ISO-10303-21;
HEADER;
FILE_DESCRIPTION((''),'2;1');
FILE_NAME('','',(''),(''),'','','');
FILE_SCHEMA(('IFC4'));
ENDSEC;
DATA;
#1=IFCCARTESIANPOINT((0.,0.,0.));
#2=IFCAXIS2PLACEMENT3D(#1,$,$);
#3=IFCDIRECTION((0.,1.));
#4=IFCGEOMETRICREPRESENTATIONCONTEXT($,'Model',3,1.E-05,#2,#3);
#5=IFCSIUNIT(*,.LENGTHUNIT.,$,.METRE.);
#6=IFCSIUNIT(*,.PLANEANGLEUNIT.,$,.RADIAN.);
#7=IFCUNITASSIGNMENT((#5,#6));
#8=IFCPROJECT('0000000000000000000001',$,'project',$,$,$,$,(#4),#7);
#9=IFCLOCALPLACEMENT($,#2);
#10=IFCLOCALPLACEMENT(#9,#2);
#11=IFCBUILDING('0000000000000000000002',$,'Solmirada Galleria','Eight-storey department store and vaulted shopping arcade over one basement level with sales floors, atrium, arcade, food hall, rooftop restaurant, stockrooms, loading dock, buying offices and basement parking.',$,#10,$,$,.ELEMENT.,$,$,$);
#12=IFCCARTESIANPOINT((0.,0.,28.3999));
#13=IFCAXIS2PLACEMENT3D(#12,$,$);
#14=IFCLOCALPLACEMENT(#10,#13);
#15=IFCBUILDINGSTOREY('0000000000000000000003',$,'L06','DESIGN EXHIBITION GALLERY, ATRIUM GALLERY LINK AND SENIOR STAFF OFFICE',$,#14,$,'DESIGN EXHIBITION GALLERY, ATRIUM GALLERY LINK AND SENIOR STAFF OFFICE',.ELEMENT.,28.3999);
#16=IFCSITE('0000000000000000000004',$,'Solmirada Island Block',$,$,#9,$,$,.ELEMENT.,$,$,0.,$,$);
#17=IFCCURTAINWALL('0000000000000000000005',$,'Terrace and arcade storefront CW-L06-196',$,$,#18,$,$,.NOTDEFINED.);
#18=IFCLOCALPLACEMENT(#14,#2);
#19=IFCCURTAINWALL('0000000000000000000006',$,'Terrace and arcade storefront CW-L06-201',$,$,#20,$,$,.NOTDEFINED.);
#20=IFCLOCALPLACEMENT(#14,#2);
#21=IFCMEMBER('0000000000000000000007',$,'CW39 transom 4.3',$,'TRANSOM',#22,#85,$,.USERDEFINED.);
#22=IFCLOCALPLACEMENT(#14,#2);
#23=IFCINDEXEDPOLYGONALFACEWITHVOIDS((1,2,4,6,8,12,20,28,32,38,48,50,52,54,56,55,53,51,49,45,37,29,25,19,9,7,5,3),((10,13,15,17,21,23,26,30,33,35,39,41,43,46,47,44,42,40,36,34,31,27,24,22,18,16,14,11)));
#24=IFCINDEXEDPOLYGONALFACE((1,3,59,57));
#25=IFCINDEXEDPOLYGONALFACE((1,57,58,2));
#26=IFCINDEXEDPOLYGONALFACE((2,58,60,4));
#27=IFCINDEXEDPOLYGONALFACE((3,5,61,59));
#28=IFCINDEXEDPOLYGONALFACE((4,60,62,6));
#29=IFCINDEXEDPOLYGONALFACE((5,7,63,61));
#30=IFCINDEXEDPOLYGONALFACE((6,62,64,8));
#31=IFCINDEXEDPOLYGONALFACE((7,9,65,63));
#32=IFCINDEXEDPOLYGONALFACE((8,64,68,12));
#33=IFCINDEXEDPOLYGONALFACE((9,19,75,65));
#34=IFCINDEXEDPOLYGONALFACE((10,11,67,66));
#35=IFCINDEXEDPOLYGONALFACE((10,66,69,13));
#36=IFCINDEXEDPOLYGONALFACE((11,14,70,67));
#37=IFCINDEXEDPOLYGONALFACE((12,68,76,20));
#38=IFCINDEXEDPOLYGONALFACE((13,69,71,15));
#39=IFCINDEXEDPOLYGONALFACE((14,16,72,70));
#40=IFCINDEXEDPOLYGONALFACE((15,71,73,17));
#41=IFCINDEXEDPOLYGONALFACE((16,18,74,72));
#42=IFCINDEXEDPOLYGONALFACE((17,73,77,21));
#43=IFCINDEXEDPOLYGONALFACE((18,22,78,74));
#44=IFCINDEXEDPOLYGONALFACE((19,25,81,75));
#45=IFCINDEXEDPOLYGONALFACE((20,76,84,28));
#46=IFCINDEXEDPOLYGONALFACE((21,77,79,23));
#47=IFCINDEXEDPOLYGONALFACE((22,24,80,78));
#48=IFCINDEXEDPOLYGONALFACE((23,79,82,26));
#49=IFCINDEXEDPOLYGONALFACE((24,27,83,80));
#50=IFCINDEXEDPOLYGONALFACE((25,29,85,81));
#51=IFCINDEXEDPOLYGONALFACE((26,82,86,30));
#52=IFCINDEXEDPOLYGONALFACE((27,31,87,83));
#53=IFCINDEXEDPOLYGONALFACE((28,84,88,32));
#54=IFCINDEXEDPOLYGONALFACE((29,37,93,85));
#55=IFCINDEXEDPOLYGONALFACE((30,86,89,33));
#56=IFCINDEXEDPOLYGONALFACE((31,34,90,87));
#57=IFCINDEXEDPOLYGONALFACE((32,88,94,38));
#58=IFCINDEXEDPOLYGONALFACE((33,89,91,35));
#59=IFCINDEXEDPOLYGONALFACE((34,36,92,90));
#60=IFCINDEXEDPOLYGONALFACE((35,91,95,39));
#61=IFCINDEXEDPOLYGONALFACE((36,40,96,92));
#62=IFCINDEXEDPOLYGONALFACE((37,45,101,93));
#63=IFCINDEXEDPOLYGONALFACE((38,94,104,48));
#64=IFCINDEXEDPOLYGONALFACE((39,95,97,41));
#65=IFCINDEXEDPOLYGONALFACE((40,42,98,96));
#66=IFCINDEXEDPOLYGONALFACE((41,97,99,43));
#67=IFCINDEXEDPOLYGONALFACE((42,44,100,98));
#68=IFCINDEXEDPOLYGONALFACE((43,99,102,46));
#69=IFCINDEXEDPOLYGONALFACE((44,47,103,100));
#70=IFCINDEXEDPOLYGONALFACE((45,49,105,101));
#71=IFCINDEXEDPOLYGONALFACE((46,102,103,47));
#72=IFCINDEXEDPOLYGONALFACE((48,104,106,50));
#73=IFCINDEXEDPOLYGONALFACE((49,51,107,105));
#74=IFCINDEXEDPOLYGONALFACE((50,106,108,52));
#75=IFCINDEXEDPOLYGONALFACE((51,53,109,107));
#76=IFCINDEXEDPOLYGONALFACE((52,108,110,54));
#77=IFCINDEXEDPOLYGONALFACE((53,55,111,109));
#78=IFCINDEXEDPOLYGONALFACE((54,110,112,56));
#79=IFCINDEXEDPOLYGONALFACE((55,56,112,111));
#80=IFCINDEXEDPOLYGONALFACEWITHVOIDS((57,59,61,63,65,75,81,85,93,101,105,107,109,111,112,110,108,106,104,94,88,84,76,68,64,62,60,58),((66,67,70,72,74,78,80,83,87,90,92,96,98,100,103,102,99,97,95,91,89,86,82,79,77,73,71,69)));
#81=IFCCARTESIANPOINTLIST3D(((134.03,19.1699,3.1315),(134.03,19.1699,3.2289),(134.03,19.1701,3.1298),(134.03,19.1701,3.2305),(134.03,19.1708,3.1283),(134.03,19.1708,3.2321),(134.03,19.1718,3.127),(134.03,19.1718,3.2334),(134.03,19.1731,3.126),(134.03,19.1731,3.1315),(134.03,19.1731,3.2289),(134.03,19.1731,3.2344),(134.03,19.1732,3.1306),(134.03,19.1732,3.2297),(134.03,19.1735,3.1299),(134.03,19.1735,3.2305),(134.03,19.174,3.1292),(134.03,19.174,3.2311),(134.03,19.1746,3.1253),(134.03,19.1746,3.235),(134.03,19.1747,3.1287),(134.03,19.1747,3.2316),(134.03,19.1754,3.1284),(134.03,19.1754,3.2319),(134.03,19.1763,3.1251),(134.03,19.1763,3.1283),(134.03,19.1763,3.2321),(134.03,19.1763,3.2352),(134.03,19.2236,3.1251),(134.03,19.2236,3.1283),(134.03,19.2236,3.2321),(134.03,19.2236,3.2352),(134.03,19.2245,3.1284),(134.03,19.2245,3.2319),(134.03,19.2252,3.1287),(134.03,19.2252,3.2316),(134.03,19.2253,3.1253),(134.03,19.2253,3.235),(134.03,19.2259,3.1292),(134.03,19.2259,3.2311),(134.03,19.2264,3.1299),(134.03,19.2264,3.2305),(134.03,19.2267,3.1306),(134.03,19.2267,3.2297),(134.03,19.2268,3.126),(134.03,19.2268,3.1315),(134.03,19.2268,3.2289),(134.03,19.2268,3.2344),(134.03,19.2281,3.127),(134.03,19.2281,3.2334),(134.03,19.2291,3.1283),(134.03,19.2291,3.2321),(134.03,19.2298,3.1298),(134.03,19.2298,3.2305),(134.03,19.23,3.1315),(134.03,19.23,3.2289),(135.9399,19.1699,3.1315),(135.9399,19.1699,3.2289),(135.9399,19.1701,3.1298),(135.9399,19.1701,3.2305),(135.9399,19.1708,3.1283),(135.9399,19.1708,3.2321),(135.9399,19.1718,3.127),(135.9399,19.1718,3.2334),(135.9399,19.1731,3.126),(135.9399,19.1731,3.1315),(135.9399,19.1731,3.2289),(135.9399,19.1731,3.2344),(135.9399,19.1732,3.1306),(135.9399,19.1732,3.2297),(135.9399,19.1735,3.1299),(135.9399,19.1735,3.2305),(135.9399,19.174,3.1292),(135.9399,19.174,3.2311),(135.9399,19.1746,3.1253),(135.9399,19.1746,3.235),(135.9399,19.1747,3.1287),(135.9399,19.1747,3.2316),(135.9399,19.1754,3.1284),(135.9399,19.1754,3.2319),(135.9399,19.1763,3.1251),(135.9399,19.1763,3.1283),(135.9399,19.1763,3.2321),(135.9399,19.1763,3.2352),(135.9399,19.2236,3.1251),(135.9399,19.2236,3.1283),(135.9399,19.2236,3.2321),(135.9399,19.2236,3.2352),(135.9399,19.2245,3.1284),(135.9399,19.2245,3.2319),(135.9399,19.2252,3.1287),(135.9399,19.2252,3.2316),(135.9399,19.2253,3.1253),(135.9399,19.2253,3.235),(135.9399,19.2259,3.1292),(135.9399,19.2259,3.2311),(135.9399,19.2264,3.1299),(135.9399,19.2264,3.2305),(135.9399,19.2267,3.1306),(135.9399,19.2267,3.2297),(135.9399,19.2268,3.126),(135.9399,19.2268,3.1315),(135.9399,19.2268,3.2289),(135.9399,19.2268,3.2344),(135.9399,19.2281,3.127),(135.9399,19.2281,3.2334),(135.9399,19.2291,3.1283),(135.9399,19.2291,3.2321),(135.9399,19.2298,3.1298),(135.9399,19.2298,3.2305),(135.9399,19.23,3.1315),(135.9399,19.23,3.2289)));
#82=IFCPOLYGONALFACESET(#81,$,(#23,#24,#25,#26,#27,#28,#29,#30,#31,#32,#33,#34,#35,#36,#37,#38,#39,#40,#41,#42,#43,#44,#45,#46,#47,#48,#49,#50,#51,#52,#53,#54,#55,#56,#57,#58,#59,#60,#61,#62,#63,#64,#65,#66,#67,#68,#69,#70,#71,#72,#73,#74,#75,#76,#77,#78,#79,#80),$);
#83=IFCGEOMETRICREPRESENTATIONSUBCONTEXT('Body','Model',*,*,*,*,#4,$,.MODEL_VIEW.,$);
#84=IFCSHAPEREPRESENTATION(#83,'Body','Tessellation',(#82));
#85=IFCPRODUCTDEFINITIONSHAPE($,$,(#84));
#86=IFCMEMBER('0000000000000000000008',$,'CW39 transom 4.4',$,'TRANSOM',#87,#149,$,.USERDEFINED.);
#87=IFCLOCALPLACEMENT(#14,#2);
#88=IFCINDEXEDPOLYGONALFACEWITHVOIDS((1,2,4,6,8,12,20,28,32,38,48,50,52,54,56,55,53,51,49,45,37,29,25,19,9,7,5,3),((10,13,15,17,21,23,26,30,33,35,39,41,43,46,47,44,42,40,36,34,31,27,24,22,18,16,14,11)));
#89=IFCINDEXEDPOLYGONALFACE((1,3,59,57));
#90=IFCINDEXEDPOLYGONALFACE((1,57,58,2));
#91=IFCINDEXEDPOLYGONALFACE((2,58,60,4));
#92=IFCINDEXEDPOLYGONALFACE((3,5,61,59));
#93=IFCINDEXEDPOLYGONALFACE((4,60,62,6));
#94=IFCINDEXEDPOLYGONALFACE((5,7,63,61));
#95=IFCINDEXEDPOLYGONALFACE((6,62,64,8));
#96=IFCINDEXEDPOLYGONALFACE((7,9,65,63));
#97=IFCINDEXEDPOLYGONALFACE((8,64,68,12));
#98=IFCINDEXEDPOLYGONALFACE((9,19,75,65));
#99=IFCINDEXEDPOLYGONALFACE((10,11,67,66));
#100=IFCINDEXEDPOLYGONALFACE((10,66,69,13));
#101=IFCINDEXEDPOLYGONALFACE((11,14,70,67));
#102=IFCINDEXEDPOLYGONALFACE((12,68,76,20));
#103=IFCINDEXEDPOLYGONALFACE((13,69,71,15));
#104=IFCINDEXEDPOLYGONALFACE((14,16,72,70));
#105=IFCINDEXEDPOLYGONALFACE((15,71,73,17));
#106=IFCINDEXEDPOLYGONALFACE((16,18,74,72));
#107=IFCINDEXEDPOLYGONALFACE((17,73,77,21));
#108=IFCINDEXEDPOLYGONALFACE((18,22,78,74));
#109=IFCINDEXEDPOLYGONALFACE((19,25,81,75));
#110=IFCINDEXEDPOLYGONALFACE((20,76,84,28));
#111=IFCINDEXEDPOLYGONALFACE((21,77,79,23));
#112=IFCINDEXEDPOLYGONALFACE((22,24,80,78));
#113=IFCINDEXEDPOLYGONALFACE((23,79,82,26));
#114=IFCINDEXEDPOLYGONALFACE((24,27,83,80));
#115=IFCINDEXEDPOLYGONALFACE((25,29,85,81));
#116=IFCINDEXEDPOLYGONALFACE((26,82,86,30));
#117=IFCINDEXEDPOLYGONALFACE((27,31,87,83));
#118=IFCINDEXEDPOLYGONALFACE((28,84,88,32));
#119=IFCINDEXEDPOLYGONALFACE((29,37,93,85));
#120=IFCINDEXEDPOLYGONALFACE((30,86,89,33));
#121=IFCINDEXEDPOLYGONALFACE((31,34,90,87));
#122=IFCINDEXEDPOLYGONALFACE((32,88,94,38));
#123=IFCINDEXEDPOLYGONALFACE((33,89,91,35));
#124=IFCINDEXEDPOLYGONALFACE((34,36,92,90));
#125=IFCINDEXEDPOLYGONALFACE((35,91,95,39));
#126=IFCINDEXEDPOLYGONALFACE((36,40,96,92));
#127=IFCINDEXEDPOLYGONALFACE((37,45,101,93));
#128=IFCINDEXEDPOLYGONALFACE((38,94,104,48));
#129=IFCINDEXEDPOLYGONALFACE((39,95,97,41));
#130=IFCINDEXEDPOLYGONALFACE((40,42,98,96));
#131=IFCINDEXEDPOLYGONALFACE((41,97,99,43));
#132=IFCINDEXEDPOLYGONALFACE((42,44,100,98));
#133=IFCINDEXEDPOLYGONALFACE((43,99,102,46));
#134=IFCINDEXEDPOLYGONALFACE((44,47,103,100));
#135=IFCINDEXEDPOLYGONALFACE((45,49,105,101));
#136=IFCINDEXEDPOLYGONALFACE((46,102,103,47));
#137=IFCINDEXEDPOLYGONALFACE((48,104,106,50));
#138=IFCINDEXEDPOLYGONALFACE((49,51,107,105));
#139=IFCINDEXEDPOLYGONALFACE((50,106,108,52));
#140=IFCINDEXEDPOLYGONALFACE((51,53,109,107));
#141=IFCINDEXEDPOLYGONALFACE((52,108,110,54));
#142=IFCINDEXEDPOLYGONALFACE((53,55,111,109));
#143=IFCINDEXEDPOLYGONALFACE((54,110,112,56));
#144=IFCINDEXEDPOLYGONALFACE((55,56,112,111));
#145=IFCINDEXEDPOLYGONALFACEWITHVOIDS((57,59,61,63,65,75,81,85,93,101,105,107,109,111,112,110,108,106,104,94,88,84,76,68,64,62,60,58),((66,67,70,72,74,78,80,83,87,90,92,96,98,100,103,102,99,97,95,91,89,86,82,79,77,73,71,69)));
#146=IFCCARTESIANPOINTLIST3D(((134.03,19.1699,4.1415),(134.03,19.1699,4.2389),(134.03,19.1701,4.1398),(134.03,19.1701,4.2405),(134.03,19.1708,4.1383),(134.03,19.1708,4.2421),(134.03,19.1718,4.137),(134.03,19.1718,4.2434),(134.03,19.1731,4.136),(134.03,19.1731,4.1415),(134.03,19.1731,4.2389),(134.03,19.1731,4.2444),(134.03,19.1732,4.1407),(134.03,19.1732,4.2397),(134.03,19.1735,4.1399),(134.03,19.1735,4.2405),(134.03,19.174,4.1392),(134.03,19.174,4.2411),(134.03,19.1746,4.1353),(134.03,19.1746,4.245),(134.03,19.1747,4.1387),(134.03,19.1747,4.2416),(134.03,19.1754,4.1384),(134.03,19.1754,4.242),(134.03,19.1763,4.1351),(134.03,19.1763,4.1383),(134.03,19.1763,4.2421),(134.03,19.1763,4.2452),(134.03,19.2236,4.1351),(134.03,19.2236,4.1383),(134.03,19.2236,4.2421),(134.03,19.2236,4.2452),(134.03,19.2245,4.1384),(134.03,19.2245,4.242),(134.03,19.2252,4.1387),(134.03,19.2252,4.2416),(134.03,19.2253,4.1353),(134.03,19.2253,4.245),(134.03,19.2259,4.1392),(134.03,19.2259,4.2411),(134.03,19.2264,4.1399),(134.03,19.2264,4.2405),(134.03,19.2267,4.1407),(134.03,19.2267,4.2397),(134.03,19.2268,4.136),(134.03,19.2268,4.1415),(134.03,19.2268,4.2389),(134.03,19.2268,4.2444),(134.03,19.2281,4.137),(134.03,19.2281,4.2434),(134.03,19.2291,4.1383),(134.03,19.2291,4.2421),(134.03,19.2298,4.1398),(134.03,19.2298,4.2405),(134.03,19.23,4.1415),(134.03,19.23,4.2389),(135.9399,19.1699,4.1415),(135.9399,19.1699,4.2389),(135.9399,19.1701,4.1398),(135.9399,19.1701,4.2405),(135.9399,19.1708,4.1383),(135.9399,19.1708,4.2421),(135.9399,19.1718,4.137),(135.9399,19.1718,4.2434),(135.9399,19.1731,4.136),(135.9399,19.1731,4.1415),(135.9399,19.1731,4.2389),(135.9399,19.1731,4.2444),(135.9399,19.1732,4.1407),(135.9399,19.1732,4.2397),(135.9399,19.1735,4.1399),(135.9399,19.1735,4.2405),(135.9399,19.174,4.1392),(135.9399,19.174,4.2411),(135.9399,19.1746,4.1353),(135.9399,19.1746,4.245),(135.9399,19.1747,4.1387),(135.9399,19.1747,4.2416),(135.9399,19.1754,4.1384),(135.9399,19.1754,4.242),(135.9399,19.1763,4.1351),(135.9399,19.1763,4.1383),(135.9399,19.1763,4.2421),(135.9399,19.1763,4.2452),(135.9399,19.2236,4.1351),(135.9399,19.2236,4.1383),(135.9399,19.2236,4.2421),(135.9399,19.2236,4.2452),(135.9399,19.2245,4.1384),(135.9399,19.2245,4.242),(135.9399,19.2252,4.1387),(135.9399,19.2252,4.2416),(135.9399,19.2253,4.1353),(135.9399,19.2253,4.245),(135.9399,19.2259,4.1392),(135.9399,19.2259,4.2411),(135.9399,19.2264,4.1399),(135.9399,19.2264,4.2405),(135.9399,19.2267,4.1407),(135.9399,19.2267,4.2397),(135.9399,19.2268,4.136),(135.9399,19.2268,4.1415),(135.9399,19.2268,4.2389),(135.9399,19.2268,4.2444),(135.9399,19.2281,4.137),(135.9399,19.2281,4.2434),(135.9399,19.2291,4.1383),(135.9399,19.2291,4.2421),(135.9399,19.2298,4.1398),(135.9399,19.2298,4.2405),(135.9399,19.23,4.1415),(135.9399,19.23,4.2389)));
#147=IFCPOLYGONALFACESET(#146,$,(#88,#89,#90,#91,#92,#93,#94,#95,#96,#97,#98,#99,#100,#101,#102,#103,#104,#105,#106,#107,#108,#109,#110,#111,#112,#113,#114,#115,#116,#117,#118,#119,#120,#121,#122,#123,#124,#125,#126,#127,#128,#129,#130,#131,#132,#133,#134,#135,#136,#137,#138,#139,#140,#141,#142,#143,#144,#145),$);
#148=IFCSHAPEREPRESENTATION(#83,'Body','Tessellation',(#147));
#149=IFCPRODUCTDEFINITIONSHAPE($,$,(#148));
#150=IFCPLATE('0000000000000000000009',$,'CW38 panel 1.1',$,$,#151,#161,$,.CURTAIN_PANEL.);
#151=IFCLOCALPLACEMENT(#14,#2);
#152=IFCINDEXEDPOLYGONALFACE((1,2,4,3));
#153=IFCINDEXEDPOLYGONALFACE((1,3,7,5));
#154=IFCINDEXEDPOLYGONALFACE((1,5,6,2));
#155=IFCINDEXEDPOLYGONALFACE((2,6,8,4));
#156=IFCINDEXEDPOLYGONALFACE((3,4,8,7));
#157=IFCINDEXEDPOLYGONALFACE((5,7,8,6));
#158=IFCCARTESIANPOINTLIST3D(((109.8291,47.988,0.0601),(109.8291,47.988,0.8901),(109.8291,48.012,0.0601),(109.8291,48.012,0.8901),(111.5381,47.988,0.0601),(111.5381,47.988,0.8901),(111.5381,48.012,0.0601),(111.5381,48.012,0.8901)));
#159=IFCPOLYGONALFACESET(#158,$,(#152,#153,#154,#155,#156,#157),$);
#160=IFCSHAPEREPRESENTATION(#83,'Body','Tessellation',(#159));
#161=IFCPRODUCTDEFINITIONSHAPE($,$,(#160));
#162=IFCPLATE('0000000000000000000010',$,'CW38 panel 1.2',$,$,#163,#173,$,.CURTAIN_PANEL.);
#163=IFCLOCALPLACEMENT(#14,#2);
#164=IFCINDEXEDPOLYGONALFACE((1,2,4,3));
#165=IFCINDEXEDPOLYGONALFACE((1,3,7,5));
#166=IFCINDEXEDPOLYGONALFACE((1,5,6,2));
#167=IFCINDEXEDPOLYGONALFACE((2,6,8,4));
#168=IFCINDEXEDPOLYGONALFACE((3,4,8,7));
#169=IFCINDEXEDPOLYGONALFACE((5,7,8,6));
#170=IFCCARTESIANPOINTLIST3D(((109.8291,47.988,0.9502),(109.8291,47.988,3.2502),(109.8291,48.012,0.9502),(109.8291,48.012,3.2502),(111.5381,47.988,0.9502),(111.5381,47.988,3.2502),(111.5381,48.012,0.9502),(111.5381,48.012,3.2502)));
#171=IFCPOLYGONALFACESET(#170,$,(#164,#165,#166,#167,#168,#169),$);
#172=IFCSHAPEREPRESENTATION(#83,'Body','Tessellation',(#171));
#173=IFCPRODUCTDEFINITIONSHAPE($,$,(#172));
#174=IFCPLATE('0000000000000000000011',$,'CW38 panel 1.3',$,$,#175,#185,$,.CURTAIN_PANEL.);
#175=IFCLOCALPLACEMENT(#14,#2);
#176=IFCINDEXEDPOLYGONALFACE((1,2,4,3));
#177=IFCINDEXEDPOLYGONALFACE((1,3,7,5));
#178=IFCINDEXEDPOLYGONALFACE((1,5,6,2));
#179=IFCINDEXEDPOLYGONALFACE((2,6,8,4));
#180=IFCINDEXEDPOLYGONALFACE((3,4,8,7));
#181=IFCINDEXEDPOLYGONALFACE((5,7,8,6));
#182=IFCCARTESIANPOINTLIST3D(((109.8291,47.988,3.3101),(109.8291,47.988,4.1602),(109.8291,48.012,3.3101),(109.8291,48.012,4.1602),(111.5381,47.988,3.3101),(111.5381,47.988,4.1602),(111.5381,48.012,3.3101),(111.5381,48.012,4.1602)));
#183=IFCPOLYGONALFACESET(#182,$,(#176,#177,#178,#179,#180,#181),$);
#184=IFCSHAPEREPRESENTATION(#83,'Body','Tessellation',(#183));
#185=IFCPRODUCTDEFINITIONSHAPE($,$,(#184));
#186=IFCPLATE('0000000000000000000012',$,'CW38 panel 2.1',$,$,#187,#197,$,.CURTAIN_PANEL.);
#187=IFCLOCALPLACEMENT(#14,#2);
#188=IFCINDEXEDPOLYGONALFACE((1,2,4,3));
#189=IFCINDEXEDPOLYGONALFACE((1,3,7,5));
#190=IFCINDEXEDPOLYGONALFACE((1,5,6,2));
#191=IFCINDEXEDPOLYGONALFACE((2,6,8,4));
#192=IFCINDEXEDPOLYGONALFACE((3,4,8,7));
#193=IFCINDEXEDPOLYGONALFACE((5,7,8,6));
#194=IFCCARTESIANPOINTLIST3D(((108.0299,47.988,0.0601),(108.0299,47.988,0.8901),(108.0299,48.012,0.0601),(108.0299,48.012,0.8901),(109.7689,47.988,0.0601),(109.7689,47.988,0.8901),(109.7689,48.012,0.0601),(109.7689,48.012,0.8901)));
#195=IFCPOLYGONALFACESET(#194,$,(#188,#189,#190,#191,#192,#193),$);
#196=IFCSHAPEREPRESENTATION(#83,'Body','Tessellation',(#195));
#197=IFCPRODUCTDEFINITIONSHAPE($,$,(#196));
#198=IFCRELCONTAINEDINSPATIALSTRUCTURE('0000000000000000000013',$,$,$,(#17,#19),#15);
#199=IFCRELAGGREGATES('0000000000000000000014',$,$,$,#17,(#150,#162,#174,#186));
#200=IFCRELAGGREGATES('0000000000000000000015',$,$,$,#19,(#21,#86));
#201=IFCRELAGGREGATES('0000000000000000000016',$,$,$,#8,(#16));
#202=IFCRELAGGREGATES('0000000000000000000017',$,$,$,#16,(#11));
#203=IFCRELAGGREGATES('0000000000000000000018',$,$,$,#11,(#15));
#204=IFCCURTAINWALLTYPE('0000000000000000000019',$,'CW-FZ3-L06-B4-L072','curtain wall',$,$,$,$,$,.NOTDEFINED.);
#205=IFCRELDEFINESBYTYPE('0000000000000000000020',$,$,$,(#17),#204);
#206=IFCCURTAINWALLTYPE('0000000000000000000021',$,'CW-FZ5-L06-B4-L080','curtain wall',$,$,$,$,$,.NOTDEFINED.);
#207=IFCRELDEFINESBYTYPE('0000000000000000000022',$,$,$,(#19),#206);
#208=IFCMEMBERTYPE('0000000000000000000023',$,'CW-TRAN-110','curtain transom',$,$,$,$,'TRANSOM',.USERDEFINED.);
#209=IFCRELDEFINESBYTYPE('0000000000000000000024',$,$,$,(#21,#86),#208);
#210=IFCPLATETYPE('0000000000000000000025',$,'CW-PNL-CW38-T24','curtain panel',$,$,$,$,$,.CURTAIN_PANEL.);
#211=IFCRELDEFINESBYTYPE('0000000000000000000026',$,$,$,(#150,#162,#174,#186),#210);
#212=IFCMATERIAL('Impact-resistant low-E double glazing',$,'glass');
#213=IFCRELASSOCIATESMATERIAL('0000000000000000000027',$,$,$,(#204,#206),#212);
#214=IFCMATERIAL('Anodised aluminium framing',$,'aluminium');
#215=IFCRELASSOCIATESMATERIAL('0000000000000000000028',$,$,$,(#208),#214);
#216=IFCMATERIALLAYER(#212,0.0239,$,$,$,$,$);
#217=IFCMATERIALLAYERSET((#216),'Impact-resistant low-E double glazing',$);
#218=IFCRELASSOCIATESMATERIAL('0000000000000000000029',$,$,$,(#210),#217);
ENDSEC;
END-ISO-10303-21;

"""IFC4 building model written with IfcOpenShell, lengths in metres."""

from ifc_helpers import new_model, si_unit, direction, frame, origin, origin_2d, place, context, subcontext, project, spatial, rectangle, hollow_rectangle, extrude, material, layer, layer_set, material_profile, profile_set, type_object, element, aggregate, save


model = new_model("IFC4")

# Units and contexts
model_context = context("Model", 3, precision=1e-05, world=origin(), true_north=direction((0.0, 1.0)))
body_context = subcontext(model_context, "Body", "Model", "MODEL_VIEW")
ifc_project = project(units=[si_unit("LENGTHUNIT", "METRE"), si_unit("PLANEANGLEUNIT", "RADIAN")], contexts=[model_context])

# Site, building, storey
site_placement = place(None, origin())
site = spatial("IfcSite", under=ifc_project, at=site_placement, Name="Solmirada Island Block", CompositionType="ELEMENT", RefElevation=0.0)
building_placement = place(site_placement, origin())
building = spatial("IfcBuilding", under=site, at=building_placement, Name="Solmirada Galleria", Description="Eight-storey department store and vaulted shopping arcade over one basement level with sales floors, atrium, arcade, food hall, rooftop restaurant, stockrooms, loading dock, buying offices and basement parking.", CompositionType="ELEMENT")
storey_placement = place(building_placement, frame((0.0, 0.0, 28.3999)))
storey = spatial("IfcBuildingStorey", under=building, at=storey_placement, Name="L06", Description="DESIGN EXHIBITION GALLERY, ATRIUM GALLERY LINK AND SENIOR STAFF OFFICE", LongName="DESIGN EXHIBITION GALLERY, ATRIUM GALLERY LINK AND SENIOR STAFF OFFICE", CompositionType="ELEMENT", Elevation=28.3999)

# Curtain wall
ifc_material_1 = material(Name="Impact-resistant low-E double glazing", Category="glass")
curtain_wall_type_1 = type_object("IfcCurtainWallType", Name="CW-FZ3-L06-B4-L072", Description="curtain wall", PredefinedType="NOTDEFINED", material=ifc_material_1)
curtain_wall_1_placement = place(storey_placement, origin())
curtain_wall_1 = element("IfcCurtainWall", 1, at=curtain_wall_1_placement, inside=storey, type_object=curtain_wall_type_1, Name="Terrace and arcade storefront CW-L06-196", PredefinedType="NOTDEFINED")
ifc_material_2 = material(Name="Anodised aluminium framing", Category="aluminium")

# Curtain wall
curtain_wall_type_2 = type_object("IfcCurtainWallType", Name="CW-FZ5-L06-B4-L080", Description="curtain wall", PredefinedType="NOTDEFINED", material=ifc_material_1)
curtain_wall_2_placement = place(storey_placement, origin())
curtain_wall_2 = element("IfcCurtainWall", 2, at=curtain_wall_2_placement, inside=storey, type_object=curtain_wall_type_2, Name="Terrace and arcade storefront CW-L06-201", PredefinedType="NOTDEFINED")

# Members
ifc_material_profile_1 = material_profile(ifc_material_2, hollow_rectangle(XDim=0.0601, YDim=0.1101, WallThickness=0.0032, InnerFilletRadius=0.0032, OuterFilletRadius=0.0063, at=origin_2d()), Name="ALU-TRAN-110X60")
ifc_profile_set_1 = profile_set([ifc_material_profile_1], Name="Anodised aluminium framing")
member_type_1 = type_object("IfcMemberType", Name="CW-TRAN-110", Description="curtain transom", ElementType="TRANSOM", PredefinedType="USERDEFINED", material=ifc_profile_set_1)
member_1_placement = place(storey_placement, frame((134.03, 19.2, 3.1802), z_axis=(1.0, 0.0, 0.0), x_axis=(0.0, 1.0, 0.0)))
member_1 = element("IfcMember", 3, at=member_1_placement, type_object=member_type_1, Name="CW39 transom 4.3", ObjectType="TRANSOM", PredefinedType="USERDEFINED", context=body_context, shape_type="SweptSolid", body=[
    extrude(hollow_rectangle(XDim=0.0601, YDim=0.1101, WallThickness=0.0032, InnerFilletRadius=0.0032, OuterFilletRadius=0.0063, at=origin_2d()), origin(), (0.0, 0.0, 1.0), 1.9099),
])
member_2_placement = place(storey_placement, frame((134.03, 19.2, 4.1902), z_axis=(1.0, 0.0, 0.0), x_axis=(0.0, 1.0, 0.0)))
member_2 = element("IfcMember", 4, at=member_2_placement, type_object=member_type_1, Name="CW39 transom 4.4", ObjectType="TRANSOM", PredefinedType="USERDEFINED", context=body_context, shape_type="SweptSolid", body=[
    extrude(hollow_rectangle(XDim=0.0601, YDim=0.1101, WallThickness=0.0032, InnerFilletRadius=0.0032, OuterFilletRadius=0.0063, at=origin_2d()), origin(), (0.0, 0.0, 1.0), 1.9099),
])

# Plates
ifc_layer_1 = layer(ifc_material_1, 0.0239)
ifc_layer_set_1 = layer_set([ifc_layer_1], Name="Impact-resistant low-E double glazing")
plate_type_1 = type_object("IfcPlateType", Name="CW-PNL-CW38-T24", Description="curtain panel", PredefinedType="CURTAIN_PANEL", material=ifc_layer_set_1)
plate_1_placement = place(storey_placement, frame((110.6836, 48.0, 0.0601), z_axis=(0.0, 0.0, 1.0), x_axis=(-1.0, 0.0, 0.0)))
plate_1 = element("IfcPlate", 5, at=plate_1_placement, type_object=plate_type_1, Name="CW38 panel 1.1", PredefinedType="CURTAIN_PANEL", context=body_context, shape_type="SweptSolid", body=[
    extrude(rectangle(XDim=1.709, YDim=0.0239, at=origin_2d()), origin(), (0.0, 0.0, 1.0), 0.8301),
])
plate_2_placement = place(storey_placement, frame((110.6836, 48.0, 0.9502), z_axis=(0.0, 0.0, 1.0), x_axis=(-1.0, 0.0, 0.0)))
plate_2 = element("IfcPlate", 6, at=plate_2_placement, type_object=plate_type_1, Name="CW38 panel 1.2", PredefinedType="CURTAIN_PANEL", context=body_context, shape_type="SweptSolid", body=[
    extrude(rectangle(XDim=1.709, YDim=0.0239, at=origin_2d()), origin(), (0.0, 0.0, 1.0), 2.3),
])
plate_3_placement = place(storey_placement, frame((110.6836, 48.0, 3.3101), z_axis=(0.0, 0.0, 1.0), x_axis=(-1.0, 0.0, 0.0)))
plate_3 = element("IfcPlate", 7, at=plate_3_placement, type_object=plate_type_1, Name="CW38 panel 1.3", PredefinedType="CURTAIN_PANEL", context=body_context, shape_type="SweptSolid", body=[
    extrude(rectangle(XDim=1.709, YDim=0.0239, at=origin_2d()), origin(), (0.0, 0.0, 1.0), 0.8501),
])
plate_4_placement = place(storey_placement, frame((108.8994, 48.0, 0.0601), z_axis=(0.0, 0.0, 1.0), x_axis=(-1.0, 0.0, 0.0)))
plate_4 = element("IfcPlate", 8, at=plate_4_placement, type_object=plate_type_1, Name="CW38 panel 2.1", PredefinedType="CURTAIN_PANEL", context=body_context, shape_type="SweptSolid", body=[
    extrude(rectangle(XDim=1.739, YDim=0.0239, at=origin_2d()), origin(), (0.0, 0.0, 1.0), 0.8301),
])
aggregate(curtain_wall_1, [plate_1, plate_2, plate_3, plate_4])
aggregate(curtain_wall_2, [member_1, member_2])

save(model, "model.ifc")
